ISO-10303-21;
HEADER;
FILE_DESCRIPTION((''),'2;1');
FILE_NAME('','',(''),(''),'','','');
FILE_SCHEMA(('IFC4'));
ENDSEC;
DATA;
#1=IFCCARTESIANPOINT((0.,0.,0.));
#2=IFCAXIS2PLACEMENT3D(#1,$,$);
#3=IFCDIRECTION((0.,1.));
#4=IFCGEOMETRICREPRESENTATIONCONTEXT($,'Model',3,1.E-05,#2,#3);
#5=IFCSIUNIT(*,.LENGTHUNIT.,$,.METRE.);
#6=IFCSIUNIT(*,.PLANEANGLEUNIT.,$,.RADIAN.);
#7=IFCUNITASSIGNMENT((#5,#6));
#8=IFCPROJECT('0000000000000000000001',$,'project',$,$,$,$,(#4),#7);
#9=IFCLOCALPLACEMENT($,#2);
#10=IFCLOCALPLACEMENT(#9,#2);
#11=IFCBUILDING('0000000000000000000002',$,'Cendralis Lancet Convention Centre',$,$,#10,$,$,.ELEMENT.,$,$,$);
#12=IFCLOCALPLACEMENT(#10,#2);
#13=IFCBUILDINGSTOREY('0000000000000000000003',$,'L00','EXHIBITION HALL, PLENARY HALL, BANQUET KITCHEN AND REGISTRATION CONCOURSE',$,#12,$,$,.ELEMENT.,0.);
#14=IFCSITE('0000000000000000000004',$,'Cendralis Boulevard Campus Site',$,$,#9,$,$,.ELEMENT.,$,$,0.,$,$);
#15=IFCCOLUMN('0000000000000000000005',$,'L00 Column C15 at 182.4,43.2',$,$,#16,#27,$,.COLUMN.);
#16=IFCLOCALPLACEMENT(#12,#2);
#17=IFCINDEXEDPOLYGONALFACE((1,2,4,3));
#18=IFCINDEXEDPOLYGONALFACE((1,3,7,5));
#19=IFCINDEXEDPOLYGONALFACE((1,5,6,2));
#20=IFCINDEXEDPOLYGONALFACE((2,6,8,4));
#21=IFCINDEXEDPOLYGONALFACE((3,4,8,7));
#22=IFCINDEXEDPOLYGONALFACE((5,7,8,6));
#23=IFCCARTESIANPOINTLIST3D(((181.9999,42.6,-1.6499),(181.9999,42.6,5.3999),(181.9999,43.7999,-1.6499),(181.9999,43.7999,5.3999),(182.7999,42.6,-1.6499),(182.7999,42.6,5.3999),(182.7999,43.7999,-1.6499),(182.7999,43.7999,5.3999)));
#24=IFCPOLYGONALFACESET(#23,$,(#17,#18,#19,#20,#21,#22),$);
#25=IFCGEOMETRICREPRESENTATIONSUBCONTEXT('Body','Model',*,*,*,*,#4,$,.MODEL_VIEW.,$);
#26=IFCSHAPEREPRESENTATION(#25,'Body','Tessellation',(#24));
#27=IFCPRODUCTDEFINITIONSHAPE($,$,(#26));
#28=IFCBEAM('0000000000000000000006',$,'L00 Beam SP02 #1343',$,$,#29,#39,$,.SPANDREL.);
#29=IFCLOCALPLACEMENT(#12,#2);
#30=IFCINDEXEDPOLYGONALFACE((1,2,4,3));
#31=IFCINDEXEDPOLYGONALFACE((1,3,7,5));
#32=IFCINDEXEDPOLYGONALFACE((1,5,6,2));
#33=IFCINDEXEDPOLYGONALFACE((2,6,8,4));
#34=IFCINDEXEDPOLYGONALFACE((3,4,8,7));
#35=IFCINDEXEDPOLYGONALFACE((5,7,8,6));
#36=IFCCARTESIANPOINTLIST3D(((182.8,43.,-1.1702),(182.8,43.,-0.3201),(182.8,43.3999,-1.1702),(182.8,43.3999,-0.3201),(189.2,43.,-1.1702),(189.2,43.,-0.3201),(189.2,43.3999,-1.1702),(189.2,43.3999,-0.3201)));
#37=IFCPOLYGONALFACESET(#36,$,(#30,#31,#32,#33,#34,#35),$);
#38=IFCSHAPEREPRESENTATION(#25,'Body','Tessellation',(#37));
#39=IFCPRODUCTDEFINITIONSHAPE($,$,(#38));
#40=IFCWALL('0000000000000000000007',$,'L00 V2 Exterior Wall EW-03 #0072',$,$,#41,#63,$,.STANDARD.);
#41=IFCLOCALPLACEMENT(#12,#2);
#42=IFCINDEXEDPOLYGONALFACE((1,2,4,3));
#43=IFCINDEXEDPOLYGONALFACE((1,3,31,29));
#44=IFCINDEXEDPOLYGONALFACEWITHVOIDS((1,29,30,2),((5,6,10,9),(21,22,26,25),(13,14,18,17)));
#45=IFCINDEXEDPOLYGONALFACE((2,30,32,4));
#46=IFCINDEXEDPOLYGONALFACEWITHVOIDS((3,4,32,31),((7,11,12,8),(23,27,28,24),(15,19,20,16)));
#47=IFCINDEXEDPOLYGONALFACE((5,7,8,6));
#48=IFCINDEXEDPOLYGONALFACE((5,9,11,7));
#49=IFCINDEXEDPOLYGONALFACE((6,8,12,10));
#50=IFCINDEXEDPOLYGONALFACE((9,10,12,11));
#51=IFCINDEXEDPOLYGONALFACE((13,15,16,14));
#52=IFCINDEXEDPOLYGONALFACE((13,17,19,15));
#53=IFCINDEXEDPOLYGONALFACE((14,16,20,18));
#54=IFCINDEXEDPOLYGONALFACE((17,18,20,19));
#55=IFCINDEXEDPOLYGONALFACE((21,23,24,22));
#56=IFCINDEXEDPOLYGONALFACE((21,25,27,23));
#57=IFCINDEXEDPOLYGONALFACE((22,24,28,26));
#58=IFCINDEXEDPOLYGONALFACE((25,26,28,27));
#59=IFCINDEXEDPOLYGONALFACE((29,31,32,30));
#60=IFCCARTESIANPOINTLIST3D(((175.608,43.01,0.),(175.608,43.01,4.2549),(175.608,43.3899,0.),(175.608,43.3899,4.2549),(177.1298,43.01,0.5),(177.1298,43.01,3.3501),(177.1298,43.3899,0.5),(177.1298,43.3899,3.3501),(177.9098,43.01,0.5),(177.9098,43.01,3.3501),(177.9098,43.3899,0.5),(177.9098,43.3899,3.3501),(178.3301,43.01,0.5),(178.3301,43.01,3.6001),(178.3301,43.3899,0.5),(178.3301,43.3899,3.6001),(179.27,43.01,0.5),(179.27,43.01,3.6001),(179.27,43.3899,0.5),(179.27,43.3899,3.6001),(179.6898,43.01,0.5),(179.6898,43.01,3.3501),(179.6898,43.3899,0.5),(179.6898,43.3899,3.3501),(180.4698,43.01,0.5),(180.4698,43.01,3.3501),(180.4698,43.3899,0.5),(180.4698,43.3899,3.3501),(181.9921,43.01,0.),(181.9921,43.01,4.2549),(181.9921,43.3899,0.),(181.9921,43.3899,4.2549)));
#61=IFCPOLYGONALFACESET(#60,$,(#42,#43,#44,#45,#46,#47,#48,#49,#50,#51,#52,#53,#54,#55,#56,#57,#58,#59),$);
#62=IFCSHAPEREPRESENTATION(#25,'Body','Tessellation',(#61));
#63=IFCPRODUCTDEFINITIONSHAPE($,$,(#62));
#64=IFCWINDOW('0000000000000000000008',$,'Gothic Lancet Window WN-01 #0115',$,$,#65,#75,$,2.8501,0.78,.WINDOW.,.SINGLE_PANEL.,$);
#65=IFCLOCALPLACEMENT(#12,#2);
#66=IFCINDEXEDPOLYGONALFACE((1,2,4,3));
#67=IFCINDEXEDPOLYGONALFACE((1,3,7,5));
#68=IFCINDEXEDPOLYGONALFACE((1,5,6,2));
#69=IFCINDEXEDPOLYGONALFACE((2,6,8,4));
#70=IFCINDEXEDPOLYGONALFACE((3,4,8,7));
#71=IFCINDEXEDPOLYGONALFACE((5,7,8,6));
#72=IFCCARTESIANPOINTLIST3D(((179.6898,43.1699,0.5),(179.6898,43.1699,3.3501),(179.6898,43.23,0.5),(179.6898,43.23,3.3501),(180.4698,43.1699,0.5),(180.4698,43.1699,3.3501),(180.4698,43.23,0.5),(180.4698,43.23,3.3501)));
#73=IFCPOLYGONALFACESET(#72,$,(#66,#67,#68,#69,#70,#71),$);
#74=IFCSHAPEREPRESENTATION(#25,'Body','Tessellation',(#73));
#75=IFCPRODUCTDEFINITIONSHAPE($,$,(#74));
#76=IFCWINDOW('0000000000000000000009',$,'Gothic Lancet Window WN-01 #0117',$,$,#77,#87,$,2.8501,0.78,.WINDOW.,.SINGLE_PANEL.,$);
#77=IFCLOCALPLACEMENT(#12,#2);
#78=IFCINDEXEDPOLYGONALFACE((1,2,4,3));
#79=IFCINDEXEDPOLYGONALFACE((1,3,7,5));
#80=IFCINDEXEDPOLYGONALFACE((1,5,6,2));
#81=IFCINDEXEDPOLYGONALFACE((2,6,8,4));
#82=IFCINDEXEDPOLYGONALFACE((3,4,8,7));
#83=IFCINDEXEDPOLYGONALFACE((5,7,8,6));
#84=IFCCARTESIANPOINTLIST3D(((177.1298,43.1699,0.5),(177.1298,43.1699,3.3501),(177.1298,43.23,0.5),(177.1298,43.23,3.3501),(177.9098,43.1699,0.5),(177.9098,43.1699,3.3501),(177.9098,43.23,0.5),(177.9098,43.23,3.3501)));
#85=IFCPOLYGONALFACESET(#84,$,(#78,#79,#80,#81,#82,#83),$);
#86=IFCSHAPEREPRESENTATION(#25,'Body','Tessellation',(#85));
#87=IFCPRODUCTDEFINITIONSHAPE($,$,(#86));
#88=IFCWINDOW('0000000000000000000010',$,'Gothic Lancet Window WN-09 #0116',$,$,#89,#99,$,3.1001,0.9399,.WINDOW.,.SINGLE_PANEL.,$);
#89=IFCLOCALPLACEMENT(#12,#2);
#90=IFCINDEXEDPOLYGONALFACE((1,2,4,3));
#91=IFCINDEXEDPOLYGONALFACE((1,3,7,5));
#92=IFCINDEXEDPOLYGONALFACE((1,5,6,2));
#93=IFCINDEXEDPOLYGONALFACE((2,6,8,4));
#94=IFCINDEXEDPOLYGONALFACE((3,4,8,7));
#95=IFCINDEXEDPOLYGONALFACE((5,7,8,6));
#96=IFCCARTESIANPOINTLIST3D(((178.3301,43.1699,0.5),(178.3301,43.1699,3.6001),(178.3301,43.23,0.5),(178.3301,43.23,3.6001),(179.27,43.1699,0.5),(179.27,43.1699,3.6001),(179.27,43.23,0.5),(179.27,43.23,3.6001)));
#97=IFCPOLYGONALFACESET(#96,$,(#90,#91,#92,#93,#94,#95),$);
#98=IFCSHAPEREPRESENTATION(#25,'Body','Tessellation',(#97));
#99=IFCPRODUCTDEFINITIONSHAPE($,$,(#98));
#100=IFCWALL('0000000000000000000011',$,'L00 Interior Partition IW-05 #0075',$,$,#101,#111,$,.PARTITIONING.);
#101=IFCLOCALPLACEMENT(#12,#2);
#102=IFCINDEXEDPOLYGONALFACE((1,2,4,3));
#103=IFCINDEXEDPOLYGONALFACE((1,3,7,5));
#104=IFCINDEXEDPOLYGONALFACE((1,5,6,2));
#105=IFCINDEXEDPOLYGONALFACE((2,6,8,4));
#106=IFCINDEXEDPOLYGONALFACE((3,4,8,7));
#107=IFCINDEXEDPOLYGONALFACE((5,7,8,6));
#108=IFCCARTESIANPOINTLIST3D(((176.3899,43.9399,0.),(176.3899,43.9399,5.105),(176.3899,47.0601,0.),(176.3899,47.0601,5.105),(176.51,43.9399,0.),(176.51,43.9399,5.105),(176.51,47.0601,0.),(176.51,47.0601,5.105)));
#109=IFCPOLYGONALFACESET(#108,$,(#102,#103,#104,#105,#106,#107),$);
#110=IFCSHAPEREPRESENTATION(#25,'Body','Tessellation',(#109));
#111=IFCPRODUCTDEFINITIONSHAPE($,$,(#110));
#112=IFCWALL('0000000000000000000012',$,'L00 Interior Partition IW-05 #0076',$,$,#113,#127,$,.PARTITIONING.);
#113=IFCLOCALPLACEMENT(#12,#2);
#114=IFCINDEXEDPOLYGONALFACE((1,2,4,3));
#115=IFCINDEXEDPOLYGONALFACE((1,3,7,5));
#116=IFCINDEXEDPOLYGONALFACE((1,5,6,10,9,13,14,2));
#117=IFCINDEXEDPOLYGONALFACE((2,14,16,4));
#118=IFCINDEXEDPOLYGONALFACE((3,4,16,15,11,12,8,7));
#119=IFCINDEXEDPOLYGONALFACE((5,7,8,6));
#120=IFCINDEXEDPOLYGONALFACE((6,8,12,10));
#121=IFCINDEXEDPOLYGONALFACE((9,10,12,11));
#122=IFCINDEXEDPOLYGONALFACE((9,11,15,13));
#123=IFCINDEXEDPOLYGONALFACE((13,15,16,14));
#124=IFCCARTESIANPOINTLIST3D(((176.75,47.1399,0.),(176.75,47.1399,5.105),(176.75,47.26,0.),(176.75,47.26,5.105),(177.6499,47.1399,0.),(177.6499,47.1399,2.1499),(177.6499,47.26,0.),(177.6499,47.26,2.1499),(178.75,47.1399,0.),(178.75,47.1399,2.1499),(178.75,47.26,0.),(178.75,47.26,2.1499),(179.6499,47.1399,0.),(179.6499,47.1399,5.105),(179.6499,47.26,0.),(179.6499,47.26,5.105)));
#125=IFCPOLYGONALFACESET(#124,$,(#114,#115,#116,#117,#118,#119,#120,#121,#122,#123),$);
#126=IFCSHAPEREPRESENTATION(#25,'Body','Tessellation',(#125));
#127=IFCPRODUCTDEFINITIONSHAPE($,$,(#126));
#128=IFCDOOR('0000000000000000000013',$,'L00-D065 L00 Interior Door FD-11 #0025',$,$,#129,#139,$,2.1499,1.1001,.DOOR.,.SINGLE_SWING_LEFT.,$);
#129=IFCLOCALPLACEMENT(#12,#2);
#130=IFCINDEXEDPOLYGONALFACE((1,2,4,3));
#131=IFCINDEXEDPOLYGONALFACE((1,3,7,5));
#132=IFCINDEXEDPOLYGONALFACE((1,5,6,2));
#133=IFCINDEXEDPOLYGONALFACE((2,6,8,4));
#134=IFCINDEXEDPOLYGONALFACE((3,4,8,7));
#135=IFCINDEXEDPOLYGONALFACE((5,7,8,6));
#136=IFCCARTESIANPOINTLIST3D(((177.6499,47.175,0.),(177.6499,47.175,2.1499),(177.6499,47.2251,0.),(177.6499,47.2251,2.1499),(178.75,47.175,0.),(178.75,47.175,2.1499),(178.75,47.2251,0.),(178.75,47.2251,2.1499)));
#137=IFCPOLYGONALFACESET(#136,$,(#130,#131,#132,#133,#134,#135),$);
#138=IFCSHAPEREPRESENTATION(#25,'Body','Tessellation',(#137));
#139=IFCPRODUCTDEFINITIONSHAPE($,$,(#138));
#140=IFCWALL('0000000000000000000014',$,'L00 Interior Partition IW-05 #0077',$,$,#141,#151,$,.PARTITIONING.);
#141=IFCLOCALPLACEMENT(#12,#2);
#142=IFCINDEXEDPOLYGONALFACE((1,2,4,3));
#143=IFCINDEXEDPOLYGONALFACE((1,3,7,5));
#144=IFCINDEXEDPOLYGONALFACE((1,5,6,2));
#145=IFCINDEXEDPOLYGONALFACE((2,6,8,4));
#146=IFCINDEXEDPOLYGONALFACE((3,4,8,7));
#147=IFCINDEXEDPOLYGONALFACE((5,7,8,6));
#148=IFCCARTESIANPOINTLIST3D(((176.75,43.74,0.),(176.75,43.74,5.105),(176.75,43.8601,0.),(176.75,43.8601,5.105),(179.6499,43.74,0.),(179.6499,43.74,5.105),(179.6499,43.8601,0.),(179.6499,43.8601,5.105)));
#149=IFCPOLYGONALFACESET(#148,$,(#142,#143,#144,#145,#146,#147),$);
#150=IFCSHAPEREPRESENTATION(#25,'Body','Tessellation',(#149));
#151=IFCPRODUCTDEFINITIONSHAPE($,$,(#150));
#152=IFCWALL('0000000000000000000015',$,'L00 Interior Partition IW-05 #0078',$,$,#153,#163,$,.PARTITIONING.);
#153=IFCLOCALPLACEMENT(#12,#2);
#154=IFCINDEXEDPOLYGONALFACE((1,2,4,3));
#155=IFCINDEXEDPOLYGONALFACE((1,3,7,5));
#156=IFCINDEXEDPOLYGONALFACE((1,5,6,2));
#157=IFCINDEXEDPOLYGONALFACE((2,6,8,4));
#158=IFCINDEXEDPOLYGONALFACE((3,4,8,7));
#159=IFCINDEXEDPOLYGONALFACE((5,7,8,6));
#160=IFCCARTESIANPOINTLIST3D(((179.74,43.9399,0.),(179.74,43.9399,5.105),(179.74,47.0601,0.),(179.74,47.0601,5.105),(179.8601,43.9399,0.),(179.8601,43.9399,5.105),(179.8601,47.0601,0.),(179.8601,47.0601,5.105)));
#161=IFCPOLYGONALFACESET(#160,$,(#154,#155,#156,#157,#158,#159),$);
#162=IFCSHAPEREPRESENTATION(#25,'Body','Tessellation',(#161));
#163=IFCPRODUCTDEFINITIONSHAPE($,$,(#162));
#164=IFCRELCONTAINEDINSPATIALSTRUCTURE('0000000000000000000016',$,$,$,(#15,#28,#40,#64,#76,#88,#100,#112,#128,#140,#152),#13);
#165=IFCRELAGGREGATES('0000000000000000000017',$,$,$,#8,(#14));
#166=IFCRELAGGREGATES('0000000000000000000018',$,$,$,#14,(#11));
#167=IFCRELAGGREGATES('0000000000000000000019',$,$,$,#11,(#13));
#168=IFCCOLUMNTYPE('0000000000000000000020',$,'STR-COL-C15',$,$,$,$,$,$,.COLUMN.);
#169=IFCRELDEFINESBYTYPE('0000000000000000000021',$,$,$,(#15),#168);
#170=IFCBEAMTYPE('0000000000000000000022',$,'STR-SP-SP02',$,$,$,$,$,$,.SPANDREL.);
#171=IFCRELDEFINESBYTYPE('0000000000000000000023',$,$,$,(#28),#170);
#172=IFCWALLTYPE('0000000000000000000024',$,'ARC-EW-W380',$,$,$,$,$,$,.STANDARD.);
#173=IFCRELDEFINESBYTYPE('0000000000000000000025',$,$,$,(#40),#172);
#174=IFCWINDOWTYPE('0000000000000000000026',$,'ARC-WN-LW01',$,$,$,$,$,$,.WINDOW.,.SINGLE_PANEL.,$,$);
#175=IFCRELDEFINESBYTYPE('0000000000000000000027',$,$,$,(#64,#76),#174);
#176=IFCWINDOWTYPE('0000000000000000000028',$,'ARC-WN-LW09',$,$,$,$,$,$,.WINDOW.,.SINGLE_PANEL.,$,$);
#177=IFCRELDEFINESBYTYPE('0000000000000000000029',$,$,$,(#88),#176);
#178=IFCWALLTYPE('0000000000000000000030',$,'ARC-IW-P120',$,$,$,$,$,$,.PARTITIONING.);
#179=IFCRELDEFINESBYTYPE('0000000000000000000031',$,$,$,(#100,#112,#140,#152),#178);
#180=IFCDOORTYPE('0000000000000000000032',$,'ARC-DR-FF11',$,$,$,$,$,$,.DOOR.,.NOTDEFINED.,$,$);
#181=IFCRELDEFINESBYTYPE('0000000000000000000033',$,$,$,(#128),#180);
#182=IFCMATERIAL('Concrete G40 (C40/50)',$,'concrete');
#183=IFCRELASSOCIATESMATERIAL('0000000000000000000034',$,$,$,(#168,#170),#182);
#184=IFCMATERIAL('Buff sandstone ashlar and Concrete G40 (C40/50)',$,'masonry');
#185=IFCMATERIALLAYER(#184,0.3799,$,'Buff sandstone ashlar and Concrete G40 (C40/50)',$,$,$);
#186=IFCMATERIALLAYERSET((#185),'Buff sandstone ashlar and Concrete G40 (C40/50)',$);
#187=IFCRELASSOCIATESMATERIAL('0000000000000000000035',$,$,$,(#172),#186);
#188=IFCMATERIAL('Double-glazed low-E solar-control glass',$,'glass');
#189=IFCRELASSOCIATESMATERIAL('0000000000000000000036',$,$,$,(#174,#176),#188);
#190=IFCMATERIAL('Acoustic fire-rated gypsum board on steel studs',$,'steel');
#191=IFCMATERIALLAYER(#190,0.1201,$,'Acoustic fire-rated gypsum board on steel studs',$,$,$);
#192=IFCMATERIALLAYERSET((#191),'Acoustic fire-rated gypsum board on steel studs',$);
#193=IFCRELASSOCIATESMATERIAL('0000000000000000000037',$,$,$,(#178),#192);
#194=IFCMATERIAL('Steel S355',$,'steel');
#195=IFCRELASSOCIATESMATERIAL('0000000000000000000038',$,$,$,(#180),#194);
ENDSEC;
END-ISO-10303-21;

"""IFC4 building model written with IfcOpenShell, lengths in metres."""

from ifc_helpers import new_model, si_unit, direction, frame, frame_2d, origin, origin_2d, place, context, subcontext, project, spatial, rectangle, extrude, material, layer, layer_set, material_profile, profile_set, type_object, element, fill, save


model = new_model("IFC4")

# Units and contexts
model_context = context("Model", 3, precision=1e-05, world=origin(), true_north=direction((0.0, 1.0)))
body_context = subcontext(model_context, "Body", "Model", "MODEL_VIEW")
ifc_project = project(units=[si_unit("LENGTHUNIT", "METRE"), si_unit("PLANEANGLEUNIT", "RADIAN")], contexts=[model_context])

# Site, building, storey
site_placement = place(None, origin())
site = spatial("IfcSite", under=ifc_project, at=site_placement, Name="Cendralis Boulevard Campus Site", CompositionType="ELEMENT", RefElevation=0.0)
building_placement = place(site_placement, origin())
building = spatial("IfcBuilding", under=site, at=building_placement, Name="Cendralis Lancet Convention Centre", CompositionType="ELEMENT")
storey_placement = place(building_placement, origin())
storey = spatial("IfcBuildingStorey", under=building, at=storey_placement, Name="L00", Description="EXHIBITION HALL, PLENARY HALL, BANQUET KITCHEN AND REGISTRATION CONCOURSE", CompositionType="ELEMENT", Elevation=0.0)

# Column
ifc_material_1 = material(Name="Concrete G40 (C40/50)", Category="concrete")
ifc_material_profile_1 = material_profile(ifc_material_1, rectangle(XDim=0.8, YDim=1.2, at=origin_2d()), Name="RC 800x1200")
ifc_profile_set_1 = profile_set([ifc_material_profile_1], Name="Concrete G40 (C40/50)")
column_type = type_object("IfcColumnType", Name="STR-COL-C15", PredefinedType="COLUMN", material=ifc_profile_set_1)
column_placement = place(storey_placement, frame((182.3999, 43.2, -1.6499), z_axis=(0.0, 0.0, 1.0), x_axis=(1.0, 0.0, 0.0)))
element("IfcColumn", 1, at=column_placement, inside=storey, type_object=column_type, Name="L00 Column C15 at 182.4,43.2", PredefinedType="COLUMN", context=body_context, shape_type="SweptSolid", body=[
    extrude(rectangle(XDim=0.8, YDim=1.2, at=origin_2d()), origin(), (0.0, 0.0, 1.0), 7.0498),
])

# Beam
ifc_material_profile_2 = material_profile(ifc_material_1, rectangle(XDim=0.3999, YDim=0.8501, at=origin_2d()), Name="RCB 400x850")
ifc_profile_set_2 = profile_set([ifc_material_profile_2], Name="Concrete G40 (C40/50)")
beam_type = type_object("IfcBeamType", Name="STR-SP-SP02", PredefinedType="SPANDREL", material=ifc_profile_set_2)
beam_placement = place(storey_placement, frame((182.8, 43.2, -0.7451), z_axis=(1.0, 0.0, 0.0), x_axis=(0.0, 1.0, 0.0)))
element("IfcBeam", 2, at=beam_placement, inside=storey, type_object=beam_type, Name="L00 Beam SP02 #1343", PredefinedType="SPANDREL", context=body_context, shape_type="SweptSolid", body=[
    extrude(rectangle(XDim=0.3999, YDim=0.8501, at=origin_2d()), origin(), (0.0, 0.0, 1.0), 6.3999),
])

# Wall, openings, windows
ifc_material_2 = material(Name="Buff sandstone ashlar and Concrete G40 (C40/50)", Category="masonry")
ifc_layer_1 = layer(ifc_material_2, 0.3799, Name="Buff sandstone ashlar and Concrete G40 (C40/50)")
ifc_layer_set_1 = layer_set([ifc_layer_1], Name="Buff sandstone ashlar and Concrete G40 (C40/50)")
wall_type_1 = type_object("IfcWallType", Name="ARC-EW-W380", PredefinedType="STANDARD", material=ifc_layer_set_1)
wall_1_placement = place(storey_placement, frame((181.9919, 43.2, 0.0), z_axis=(0.0, 0.0, 1.0), x_axis=(-1.0, 0.0, 0.0)))
wall_1 = element("IfcWall", 3, at=wall_1_placement, inside=storey, type_object=wall_type_1, Name="L00 V2 Exterior Wall EW-03 #0072", PredefinedType="STANDARD", context=body_context, shape_type="SweptSolid", body=[
    extrude(rectangle(XDim=6.384, YDim=0.3799, at=frame_2d((3.1919, 0.0))), origin(), (0.0, 0.0, 1.0), 4.2549),
])
opening_1_placement = place(wall_1_placement, frame((1.522, 0.0, 0.5)))
opening_1 = element("IfcOpeningElement", 4, at=opening_1_placement, cuts=wall_1, PredefinedType="OPENING", context=body_context, shape_type="SweptSolid", body=[
    extrude(rectangle(XDim=0.78, YDim=2.8501, at=frame_2d((0.3901, 1.425))), frame((0.0, 0.2, 0.0), z_axis=(0.0, -1.0, 0.0), x_axis=(1.0, 0.0, 0.0)), (0.0, 0.0, 1.0), 0.3999),
])
opening_2_placement = place(wall_1_placement, frame((2.7219, 0.0, 0.5)))
opening_2 = element("IfcOpeningElement", 5, at=opening_2_placement, cuts=wall_1, PredefinedType="OPENING", context=body_context, shape_type="SweptSolid", body=[
    extrude(rectangle(XDim=0.9399, YDim=3.1001, at=frame_2d((0.47, 1.55))), frame((0.0, 0.2, 0.0), z_axis=(0.0, -1.0, 0.0), x_axis=(1.0, 0.0, 0.0)), (0.0, 0.0, 1.0), 0.3999),
])
opening_3_placement = place(wall_1_placement, frame((4.082, 0.0, 0.5)))
opening_3 = element("IfcOpeningElement", 6, at=opening_3_placement, cuts=wall_1, PredefinedType="OPENING", context=body_context, shape_type="SweptSolid", body=[
    extrude(rectangle(XDim=0.78, YDim=2.8501, at=frame_2d((0.3901, 1.425))), frame((0.0, 0.2, 0.0), z_axis=(0.0, -1.0, 0.0), x_axis=(1.0, 0.0, 0.0)), (0.0, 0.0, 1.0), 0.3999),
])
ifc_material_3 = material(Name="Double-glazed low-E solar-control glass", Category="glass")
window_type_1 = type_object("IfcWindowType", Name="ARC-WN-LW01", PartitioningType="SINGLE_PANEL", PredefinedType="WINDOW", material=ifc_material_3)
window_1_placement = place(opening_1_placement, origin())
window_1 = element("IfcWindow", 7, at=window_1_placement, inside=storey, type_object=window_type_1, Name="Gothic Lancet Window WN-01 #0115", OverallHeight=2.8501, OverallWidth=0.78, PartitioningType="SINGLE_PANEL", PredefinedType="WINDOW", context=body_context, shape_type="SweptSolid", body=[
    extrude(rectangle(XDim=0.78, YDim=2.8501, at=frame_2d((0.3901, 1.425))), frame((0.0, 0.03, 0.0), z_axis=(0.0, -1.0, 0.0), x_axis=(1.0, 0.0, 0.0)), (0.0, 0.0, 1.0), 0.0601),
])
fill(opening_1, window_1)
window_2_placement = place(opening_3_placement, origin())
window_2 = element("IfcWindow", 8, at=window_2_placement, inside=storey, type_object=window_type_1, Name="Gothic Lancet Window WN-01 #0117", OverallHeight=2.8501, OverallWidth=0.78, PartitioningType="SINGLE_PANEL", PredefinedType="WINDOW", context=body_context, shape_type="SweptSolid", body=[
    extrude(rectangle(XDim=0.78, YDim=2.8501, at=frame_2d((0.3901, 1.425))), frame((0.0, 0.03, 0.0), z_axis=(0.0, -1.0, 0.0), x_axis=(1.0, 0.0, 0.0)), (0.0, 0.0, 1.0), 0.0601),
])
fill(opening_3, window_2)
window_type_2 = type_object("IfcWindowType", Name="ARC-WN-LW09", PartitioningType="SINGLE_PANEL", PredefinedType="WINDOW", material=ifc_material_3)
window_3_placement = place(opening_2_placement, origin())
window_3 = element("IfcWindow", 9, at=window_3_placement, inside=storey, type_object=window_type_2, Name="Gothic Lancet Window WN-09 #0116", OverallHeight=3.1001, OverallWidth=0.9399, PartitioningType="SINGLE_PANEL", PredefinedType="WINDOW", context=body_context, shape_type="SweptSolid", body=[
    extrude(rectangle(XDim=0.9399, YDim=3.1001, at=frame_2d((0.47, 1.55))), frame((0.0, 0.03, 0.0), z_axis=(0.0, -1.0, 0.0), x_axis=(1.0, 0.0, 0.0)), (0.0, 0.0, 1.0), 0.0601),
])
fill(opening_2, window_3)

# Wall
ifc_material_4 = material(Name="Acoustic fire-rated gypsum board on steel studs", Category="steel")
ifc_layer_2 = layer(ifc_material_4, 0.1201, Name="Acoustic fire-rated gypsum board on steel studs")
ifc_layer_set_2 = layer_set([ifc_layer_2], Name="Acoustic fire-rated gypsum board on steel studs")
wall_type_2 = type_object("IfcWallType", Name="ARC-IW-P120", PredefinedType="PARTITIONING", material=ifc_layer_set_2)
wall_2_placement = place(storey_placement, frame((176.45, 43.9399, 0.0), z_axis=(0.0, 0.0, 1.0), x_axis=(0.0, 1.0, 0.0)))
element("IfcWall", 10, at=wall_2_placement, inside=storey, type_object=wall_type_2, Name="L00 Interior Partition IW-05 #0075", PredefinedType="PARTITIONING", context=body_context, shape_type="SweptSolid", body=[
    extrude(rectangle(XDim=3.1201, YDim=0.1201, at=frame_2d((1.5601, 0.0))), origin(), (0.0, 0.0, 1.0), 5.105),
])

# Wall, opening, door
wall_3_placement = place(storey_placement, frame((176.75, 47.2, 0.0), z_axis=(0.0, 0.0, 1.0), x_axis=(1.0, 0.0, 0.0)))
wall_3 = element("IfcWall", 11, at=wall_3_placement, inside=storey, type_object=wall_type_2, Name="L00 Interior Partition IW-05 #0076", PredefinedType="PARTITIONING", context=body_context, shape_type="SweptSolid", body=[
    extrude(rectangle(XDim=2.8999, YDim=0.1201, at=frame_2d((1.45, 0.0))), origin(), (0.0, 0.0, 1.0), 5.105),
])
opening_4_placement = place(wall_3_placement, frame((0.8999, 0.0, 0.0)))
opening_4 = element("IfcOpeningElement", 12, at=opening_4_placement, cuts=wall_3, PredefinedType="OPENING", context=body_context, shape_type="SweptSolid", body=[
    extrude(rectangle(XDim=1.1001, YDim=2.1499, at=frame_2d((0.55, 1.075))), frame((0.0, 0.0701, 0.0), z_axis=(0.0, -1.0, 0.0), x_axis=(1.0, 0.0, 0.0)), (0.0, 0.0, 1.0), 0.1401),
])
ifc_material_5 = material(Name="Steel S355", Category="steel")
door_type = type_object("IfcDoorType", Name="ARC-DR-FF11", OperationType="NOTDEFINED", PredefinedType="DOOR", material=ifc_material_5)
door_placement = place(opening_4_placement, frame((1.1001, 0.0, 0.0), z_axis=(0.0, 0.0, 1.0), x_axis=(-1.0, 0.0, 0.0)))
door = element("IfcDoor", 13, at=door_placement, inside=storey, type_object=door_type, Name="L00-D065 L00 Interior Door FD-11 #0025", OperationType="SINGLE_SWING_LEFT", OverallHeight=2.1499, OverallWidth=1.1001, PredefinedType="DOOR", context=body_context, shape_type="SweptSolid", body=[
    extrude(rectangle(XDim=1.1001, YDim=2.1499, at=frame_2d((0.55, 1.075))), frame((0.0, 0.0249, 0.0), z_axis=(0.0, -1.0, 0.0), x_axis=(1.0, 0.0, 0.0)), (0.0, 0.0, 1.0), 0.05),
])
fill(opening_4, door)

# Walls
wall_4_placement = place(storey_placement, frame((176.75, 43.8, 0.0), z_axis=(0.0, 0.0, 1.0), x_axis=(1.0, 0.0, 0.0)))
element("IfcWall", 14, at=wall_4_placement, inside=storey, type_object=wall_type_2, Name="L00 Interior Partition IW-05 #0077", PredefinedType="PARTITIONING", context=body_context, shape_type="SweptSolid", body=[
    extrude(rectangle(XDim=2.8999, YDim=0.1201, at=frame_2d((1.45, 0.0))), origin(), (0.0, 0.0, 1.0), 5.105),
])
wall_5_placement = place(storey_placement, frame((179.8, 43.9399, 0.0), z_axis=(0.0, 0.0, 1.0), x_axis=(0.0, 1.0, 0.0)))
element("IfcWall", 15, at=wall_5_placement, inside=storey, type_object=wall_type_2, Name="L00 Interior Partition IW-05 #0078", PredefinedType="PARTITIONING", context=body_context, shape_type="SweptSolid", body=[
    extrude(rectangle(XDim=3.1201, YDim=0.1201, at=frame_2d((1.5601, 0.0))), origin(), (0.0, 0.0, 1.0), 5.105),
])

save(model, "model.ifc")
